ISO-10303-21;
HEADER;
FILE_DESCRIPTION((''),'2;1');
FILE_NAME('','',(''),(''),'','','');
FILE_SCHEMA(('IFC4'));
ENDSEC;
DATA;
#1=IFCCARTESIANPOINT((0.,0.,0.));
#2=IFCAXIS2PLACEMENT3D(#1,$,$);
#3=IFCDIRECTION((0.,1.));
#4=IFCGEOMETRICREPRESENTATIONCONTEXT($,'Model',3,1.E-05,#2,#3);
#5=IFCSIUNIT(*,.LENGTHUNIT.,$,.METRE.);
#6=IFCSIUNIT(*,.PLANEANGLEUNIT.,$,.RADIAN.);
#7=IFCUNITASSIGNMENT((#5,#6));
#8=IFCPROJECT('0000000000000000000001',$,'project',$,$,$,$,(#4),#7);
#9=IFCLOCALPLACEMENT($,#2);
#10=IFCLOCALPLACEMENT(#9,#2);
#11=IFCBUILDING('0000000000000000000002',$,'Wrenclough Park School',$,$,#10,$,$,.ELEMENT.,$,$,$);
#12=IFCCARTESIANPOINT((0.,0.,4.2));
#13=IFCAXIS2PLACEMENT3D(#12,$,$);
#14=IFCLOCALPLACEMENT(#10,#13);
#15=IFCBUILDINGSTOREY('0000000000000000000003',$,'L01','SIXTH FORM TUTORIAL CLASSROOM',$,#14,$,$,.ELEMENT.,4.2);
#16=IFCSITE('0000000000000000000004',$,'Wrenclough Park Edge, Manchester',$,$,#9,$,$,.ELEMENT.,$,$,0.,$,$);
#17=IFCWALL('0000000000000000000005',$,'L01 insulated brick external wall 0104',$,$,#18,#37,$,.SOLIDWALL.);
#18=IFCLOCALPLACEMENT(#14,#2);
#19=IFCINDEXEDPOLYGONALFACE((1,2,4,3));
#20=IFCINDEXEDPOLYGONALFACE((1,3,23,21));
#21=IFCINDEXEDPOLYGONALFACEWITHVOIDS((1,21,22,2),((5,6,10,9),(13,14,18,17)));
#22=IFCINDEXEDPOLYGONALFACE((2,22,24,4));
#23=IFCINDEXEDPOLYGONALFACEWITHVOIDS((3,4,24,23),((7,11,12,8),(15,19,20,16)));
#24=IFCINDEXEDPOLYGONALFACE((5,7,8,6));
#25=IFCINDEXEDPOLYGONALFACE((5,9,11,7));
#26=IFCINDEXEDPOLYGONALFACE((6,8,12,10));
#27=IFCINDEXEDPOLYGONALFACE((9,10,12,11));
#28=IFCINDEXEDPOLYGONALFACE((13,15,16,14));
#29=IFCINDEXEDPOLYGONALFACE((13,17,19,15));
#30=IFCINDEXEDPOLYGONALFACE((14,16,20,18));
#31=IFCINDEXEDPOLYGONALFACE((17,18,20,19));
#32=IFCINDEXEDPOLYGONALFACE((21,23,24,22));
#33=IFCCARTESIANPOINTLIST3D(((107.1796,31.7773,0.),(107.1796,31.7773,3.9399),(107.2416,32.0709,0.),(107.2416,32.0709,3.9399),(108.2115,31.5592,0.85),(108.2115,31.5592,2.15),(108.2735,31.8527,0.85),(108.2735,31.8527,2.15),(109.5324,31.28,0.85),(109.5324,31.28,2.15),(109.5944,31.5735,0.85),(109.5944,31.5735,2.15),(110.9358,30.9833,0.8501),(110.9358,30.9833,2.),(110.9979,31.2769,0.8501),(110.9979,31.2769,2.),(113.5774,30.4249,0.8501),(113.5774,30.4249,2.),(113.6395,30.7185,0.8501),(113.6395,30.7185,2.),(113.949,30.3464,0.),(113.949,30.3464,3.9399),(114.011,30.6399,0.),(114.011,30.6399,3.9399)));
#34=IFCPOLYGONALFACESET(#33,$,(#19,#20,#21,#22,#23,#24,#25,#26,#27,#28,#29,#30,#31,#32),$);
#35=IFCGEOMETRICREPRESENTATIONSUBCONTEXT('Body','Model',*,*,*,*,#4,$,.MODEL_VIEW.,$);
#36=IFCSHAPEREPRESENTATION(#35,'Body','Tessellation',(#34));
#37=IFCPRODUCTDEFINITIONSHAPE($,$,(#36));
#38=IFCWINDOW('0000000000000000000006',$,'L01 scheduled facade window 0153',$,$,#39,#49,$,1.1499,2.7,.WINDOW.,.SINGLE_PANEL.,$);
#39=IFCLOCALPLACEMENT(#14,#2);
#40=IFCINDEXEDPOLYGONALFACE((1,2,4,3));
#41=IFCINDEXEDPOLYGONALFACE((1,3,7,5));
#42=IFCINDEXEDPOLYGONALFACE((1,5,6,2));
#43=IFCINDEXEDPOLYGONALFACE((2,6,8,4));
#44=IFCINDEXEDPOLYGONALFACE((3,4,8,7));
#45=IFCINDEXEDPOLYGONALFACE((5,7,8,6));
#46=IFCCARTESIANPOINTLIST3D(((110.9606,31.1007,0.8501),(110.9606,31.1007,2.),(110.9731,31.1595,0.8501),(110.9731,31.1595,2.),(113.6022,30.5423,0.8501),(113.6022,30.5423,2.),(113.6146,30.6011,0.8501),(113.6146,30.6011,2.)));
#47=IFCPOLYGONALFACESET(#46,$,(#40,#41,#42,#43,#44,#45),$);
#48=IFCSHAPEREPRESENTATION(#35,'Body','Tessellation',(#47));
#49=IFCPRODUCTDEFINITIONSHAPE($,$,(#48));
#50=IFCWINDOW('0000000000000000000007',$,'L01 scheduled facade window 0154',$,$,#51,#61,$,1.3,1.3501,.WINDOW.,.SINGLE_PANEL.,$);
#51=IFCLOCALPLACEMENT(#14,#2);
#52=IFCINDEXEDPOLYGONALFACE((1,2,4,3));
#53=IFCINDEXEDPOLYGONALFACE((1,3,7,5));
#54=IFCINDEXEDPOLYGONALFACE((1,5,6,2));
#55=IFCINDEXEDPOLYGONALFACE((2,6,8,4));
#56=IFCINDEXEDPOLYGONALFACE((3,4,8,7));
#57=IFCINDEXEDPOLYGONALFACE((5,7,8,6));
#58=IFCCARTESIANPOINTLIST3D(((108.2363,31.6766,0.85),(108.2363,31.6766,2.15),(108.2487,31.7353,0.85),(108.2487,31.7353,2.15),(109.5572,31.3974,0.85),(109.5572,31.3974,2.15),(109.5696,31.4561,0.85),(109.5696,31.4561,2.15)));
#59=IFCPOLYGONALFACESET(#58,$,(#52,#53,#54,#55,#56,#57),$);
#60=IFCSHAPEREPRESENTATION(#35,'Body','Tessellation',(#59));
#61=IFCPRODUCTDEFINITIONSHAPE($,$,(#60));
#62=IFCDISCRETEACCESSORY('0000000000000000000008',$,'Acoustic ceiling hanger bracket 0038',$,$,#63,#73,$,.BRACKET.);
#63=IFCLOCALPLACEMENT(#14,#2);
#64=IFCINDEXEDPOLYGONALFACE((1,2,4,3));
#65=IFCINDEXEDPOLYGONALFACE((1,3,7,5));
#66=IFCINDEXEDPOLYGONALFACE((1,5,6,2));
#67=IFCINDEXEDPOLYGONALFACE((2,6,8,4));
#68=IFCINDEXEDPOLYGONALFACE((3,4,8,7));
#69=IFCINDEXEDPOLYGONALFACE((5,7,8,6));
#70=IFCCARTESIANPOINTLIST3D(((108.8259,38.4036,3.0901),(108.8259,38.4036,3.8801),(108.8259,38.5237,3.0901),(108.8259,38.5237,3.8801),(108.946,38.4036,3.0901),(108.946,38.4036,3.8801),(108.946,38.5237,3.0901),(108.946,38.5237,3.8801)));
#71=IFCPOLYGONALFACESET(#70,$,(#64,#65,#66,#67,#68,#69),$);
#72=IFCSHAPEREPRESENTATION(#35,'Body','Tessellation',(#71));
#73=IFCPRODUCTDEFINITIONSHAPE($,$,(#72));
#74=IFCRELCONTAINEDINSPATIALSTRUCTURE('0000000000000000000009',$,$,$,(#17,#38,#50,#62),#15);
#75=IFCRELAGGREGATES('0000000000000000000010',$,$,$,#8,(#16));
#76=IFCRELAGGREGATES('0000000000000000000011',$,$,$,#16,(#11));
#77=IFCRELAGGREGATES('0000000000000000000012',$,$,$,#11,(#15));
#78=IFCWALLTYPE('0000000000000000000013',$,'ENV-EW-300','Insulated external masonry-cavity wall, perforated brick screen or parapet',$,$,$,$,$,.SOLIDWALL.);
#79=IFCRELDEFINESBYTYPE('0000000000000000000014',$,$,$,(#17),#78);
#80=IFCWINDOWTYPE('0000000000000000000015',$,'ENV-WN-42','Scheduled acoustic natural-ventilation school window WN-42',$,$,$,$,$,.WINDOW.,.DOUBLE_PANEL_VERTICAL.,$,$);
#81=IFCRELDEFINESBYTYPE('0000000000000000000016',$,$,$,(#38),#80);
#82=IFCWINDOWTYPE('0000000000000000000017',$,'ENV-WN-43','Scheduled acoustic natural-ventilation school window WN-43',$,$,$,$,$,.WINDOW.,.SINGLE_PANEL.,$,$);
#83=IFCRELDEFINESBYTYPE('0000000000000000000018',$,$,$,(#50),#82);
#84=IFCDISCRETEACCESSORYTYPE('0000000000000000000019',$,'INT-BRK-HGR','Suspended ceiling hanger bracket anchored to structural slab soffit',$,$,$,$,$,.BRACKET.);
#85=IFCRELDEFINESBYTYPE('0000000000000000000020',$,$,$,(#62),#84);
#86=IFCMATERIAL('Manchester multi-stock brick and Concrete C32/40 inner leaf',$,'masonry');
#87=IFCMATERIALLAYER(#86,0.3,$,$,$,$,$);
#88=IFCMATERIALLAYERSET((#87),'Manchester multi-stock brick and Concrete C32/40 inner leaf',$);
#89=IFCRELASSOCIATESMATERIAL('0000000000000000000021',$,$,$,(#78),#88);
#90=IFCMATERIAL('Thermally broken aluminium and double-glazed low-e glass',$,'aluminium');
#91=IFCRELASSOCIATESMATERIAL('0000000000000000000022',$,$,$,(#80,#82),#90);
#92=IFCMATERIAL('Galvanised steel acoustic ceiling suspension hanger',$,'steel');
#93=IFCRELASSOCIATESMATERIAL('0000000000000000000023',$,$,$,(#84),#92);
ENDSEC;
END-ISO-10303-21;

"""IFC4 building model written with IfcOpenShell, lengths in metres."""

from ifc_helpers import new_model, si_unit, direction, frame, frame_2d, origin, origin_2d, place, context, subcontext, project, spatial, rectangle, extrude, material, layer, layer_set, type_object, element, fill, save


model = new_model("IFC4")

# Units and contexts
model_context = context("Model", 3, precision=1e-05, world=origin(), true_north=direction((0.0, 1.0)))
body_context = subcontext(model_context, "Body", "Model", "MODEL_VIEW")
ifc_project = project(units=[si_unit("LENGTHUNIT", "METRE"), si_unit("PLANEANGLEUNIT", "RADIAN")], contexts=[model_context])

# Site, building, storey
site_placement = place(None, origin())
site = spatial("IfcSite", under=ifc_project, at=site_placement, Name="Wrenclough Park Edge, Manchester", CompositionType="ELEMENT", RefElevation=0.0)
building_placement = place(site_placement, origin())
building = spatial("IfcBuilding", under=site, at=building_placement, Name="Wrenclough Park School", CompositionType="ELEMENT")
storey_placement = place(building_placement, frame((0.0, 0.0, 4.2)))
storey = spatial("IfcBuildingStorey", under=building, at=storey_placement, Name="L01", Description="SIXTH FORM TUTORIAL CLASSROOM", CompositionType="ELEMENT", Elevation=4.2)

# Wall, openings, windows
ifc_material_1 = material(Name="Manchester multi-stock brick and Concrete C32/40 inner leaf", Category="masonry")
ifc_layer_1 = layer(ifc_material_1, 0.3)
ifc_layer_set_1 = layer_set([ifc_layer_1], Name="Manchester multi-stock brick and Concrete C32/40 inner leaf")
wall_type = type_object("IfcWallType", Name="ENV-EW-300", Description="Insulated external masonry-cavity wall, perforated brick screen or parapet", PredefinedType="SOLIDWALL", material=ifc_layer_set_1)
wall_placement = place(storey_placement, frame((113.98, 30.4932, 0.0), z_axis=(0.0, 0.0, 1.0), x_axis=(-0.978381, 0.206812, 0.0)))
wall = element("IfcWall", 1, at=wall_placement, inside=storey, type_object=wall_type, Name="L01 insulated brick external wall 0104", PredefinedType="SOLIDWALL", context=body_context, shape_type="SweptSolid", body=[
    extrude(rectangle(XDim=6.9189, YDim=0.3, at=frame_2d((3.4595, 0.0))), origin(), (0.0, 0.0, 1.0), 3.9399),
])
opening_1_placement = place(wall_placement, frame((0.3796, 0.0, 0.8501)))
opening_1 = element("IfcOpeningElement", 2, at=opening_1_placement, cuts=wall, PredefinedType="OPENING", context=body_context, shape_type="SweptSolid", body=[
    extrude(rectangle(XDim=2.7, YDim=1.1499, at=frame_2d((1.3501, 0.575))), frame((0.0, 0.1599, 0.0), z_axis=(0.0, -1.0, 0.0), x_axis=(1.0, 0.0, 0.0)), (0.0, 0.0, 1.0), 0.3201),
])
opening_2_placement = place(wall_placement, frame((4.5142, 0.0, 0.8501)))
opening_2 = element("IfcOpeningElement", 3, at=opening_2_placement, cuts=wall, PredefinedType="OPENING", context=body_context, shape_type="SweptSolid", body=[
    extrude(rectangle(XDim=1.3501, YDim=1.3, at=frame_2d((0.675, 0.6499))), frame((0.0, 0.1599, 0.0), z_axis=(0.0, -1.0, 0.0), x_axis=(1.0, 0.0, 0.0)), (0.0, 0.0, 1.0), 0.3201),
])
ifc_material_2 = material(Name="Thermally broken aluminium and double-glazed low-e glass", Category="aluminium")
window_type_1 = type_object("IfcWindowType", Name="ENV-WN-42", Description="Scheduled acoustic natural-ventilation school window WN-42", PartitioningType="DOUBLE_PANEL_VERTICAL", PredefinedType="WINDOW", material=ifc_material_2)
window_1_placement = place(opening_1_placement, origin())
window_1 = element("IfcWindow", 4, at=window_1_placement, inside=storey, type_object=window_type_1, Name="L01 scheduled facade window 0153", OverallHeight=1.1499, OverallWidth=2.7, PartitioningType="SINGLE_PANEL", PredefinedType="WINDOW", context=body_context, shape_type="SweptSolid", body=[
    extrude(rectangle(XDim=2.7, YDim=1.1499, at=frame_2d((1.3501, 0.575))), frame((0.0, 0.03, 0.0), z_axis=(0.0, -1.0, 0.0), x_axis=(1.0, 0.0, 0.0)), (0.0, 0.0, 1.0), 0.0601),
])
fill(opening_1, window_1)
window_type_2 = type_object("IfcWindowType", Name="ENV-WN-43", Description="Scheduled acoustic natural-ventilation school window WN-43", PartitioningType="SINGLE_PANEL", PredefinedType="WINDOW", material=ifc_material_2)
window_2_placement = place(opening_2_placement, origin())
window_2 = element("IfcWindow", 5, at=window_2_placement, inside=storey, type_object=window_type_2, Name="L01 scheduled facade window 0154", OverallHeight=1.3, OverallWidth=1.3501, PartitioningType="SINGLE_PANEL", PredefinedType="WINDOW", context=body_context, shape_type="SweptSolid", body=[
    extrude(rectangle(XDim=1.3501, YDim=1.3, at=frame_2d((0.675, 0.6499))), frame((0.0, 0.03, 0.0), z_axis=(0.0, -1.0, 0.0), x_axis=(1.0, 0.0, 0.0)), (0.0, 0.0, 1.0), 0.0601),
])
fill(opening_2, window_2)

# Discrete accessory
ifc_material_3 = material(Name="Galvanised steel acoustic ceiling suspension hanger", Category="steel")
discrete_accessory_type = type_object("IfcDiscreteAccessoryType", Name="INT-BRK-HGR", Description="Suspended ceiling hanger bracket anchored to structural slab soffit", PredefinedType="BRACKET", material=ifc_material_3)
discrete_accessory_placement = place(storey_placement, frame((108.886, 38.4636, 3.0901), z_axis=(0.0, 0.0, 1.0), x_axis=(1.0, 0.0, 0.0)))
element("IfcDiscreteAccessory", 6, at=discrete_accessory_placement, inside=storey, type_object=discrete_accessory_type, Name="Acoustic ceiling hanger bracket 0038", PredefinedType="BRACKET", context=body_context, shape_type="SweptSolid", body=[
    extrude(rectangle(XDim=0.1201, YDim=0.1201, at=origin_2d()), origin(), (0.0, 0.0, 1.0), 0.79),
])

save(model, "model.ifc")
